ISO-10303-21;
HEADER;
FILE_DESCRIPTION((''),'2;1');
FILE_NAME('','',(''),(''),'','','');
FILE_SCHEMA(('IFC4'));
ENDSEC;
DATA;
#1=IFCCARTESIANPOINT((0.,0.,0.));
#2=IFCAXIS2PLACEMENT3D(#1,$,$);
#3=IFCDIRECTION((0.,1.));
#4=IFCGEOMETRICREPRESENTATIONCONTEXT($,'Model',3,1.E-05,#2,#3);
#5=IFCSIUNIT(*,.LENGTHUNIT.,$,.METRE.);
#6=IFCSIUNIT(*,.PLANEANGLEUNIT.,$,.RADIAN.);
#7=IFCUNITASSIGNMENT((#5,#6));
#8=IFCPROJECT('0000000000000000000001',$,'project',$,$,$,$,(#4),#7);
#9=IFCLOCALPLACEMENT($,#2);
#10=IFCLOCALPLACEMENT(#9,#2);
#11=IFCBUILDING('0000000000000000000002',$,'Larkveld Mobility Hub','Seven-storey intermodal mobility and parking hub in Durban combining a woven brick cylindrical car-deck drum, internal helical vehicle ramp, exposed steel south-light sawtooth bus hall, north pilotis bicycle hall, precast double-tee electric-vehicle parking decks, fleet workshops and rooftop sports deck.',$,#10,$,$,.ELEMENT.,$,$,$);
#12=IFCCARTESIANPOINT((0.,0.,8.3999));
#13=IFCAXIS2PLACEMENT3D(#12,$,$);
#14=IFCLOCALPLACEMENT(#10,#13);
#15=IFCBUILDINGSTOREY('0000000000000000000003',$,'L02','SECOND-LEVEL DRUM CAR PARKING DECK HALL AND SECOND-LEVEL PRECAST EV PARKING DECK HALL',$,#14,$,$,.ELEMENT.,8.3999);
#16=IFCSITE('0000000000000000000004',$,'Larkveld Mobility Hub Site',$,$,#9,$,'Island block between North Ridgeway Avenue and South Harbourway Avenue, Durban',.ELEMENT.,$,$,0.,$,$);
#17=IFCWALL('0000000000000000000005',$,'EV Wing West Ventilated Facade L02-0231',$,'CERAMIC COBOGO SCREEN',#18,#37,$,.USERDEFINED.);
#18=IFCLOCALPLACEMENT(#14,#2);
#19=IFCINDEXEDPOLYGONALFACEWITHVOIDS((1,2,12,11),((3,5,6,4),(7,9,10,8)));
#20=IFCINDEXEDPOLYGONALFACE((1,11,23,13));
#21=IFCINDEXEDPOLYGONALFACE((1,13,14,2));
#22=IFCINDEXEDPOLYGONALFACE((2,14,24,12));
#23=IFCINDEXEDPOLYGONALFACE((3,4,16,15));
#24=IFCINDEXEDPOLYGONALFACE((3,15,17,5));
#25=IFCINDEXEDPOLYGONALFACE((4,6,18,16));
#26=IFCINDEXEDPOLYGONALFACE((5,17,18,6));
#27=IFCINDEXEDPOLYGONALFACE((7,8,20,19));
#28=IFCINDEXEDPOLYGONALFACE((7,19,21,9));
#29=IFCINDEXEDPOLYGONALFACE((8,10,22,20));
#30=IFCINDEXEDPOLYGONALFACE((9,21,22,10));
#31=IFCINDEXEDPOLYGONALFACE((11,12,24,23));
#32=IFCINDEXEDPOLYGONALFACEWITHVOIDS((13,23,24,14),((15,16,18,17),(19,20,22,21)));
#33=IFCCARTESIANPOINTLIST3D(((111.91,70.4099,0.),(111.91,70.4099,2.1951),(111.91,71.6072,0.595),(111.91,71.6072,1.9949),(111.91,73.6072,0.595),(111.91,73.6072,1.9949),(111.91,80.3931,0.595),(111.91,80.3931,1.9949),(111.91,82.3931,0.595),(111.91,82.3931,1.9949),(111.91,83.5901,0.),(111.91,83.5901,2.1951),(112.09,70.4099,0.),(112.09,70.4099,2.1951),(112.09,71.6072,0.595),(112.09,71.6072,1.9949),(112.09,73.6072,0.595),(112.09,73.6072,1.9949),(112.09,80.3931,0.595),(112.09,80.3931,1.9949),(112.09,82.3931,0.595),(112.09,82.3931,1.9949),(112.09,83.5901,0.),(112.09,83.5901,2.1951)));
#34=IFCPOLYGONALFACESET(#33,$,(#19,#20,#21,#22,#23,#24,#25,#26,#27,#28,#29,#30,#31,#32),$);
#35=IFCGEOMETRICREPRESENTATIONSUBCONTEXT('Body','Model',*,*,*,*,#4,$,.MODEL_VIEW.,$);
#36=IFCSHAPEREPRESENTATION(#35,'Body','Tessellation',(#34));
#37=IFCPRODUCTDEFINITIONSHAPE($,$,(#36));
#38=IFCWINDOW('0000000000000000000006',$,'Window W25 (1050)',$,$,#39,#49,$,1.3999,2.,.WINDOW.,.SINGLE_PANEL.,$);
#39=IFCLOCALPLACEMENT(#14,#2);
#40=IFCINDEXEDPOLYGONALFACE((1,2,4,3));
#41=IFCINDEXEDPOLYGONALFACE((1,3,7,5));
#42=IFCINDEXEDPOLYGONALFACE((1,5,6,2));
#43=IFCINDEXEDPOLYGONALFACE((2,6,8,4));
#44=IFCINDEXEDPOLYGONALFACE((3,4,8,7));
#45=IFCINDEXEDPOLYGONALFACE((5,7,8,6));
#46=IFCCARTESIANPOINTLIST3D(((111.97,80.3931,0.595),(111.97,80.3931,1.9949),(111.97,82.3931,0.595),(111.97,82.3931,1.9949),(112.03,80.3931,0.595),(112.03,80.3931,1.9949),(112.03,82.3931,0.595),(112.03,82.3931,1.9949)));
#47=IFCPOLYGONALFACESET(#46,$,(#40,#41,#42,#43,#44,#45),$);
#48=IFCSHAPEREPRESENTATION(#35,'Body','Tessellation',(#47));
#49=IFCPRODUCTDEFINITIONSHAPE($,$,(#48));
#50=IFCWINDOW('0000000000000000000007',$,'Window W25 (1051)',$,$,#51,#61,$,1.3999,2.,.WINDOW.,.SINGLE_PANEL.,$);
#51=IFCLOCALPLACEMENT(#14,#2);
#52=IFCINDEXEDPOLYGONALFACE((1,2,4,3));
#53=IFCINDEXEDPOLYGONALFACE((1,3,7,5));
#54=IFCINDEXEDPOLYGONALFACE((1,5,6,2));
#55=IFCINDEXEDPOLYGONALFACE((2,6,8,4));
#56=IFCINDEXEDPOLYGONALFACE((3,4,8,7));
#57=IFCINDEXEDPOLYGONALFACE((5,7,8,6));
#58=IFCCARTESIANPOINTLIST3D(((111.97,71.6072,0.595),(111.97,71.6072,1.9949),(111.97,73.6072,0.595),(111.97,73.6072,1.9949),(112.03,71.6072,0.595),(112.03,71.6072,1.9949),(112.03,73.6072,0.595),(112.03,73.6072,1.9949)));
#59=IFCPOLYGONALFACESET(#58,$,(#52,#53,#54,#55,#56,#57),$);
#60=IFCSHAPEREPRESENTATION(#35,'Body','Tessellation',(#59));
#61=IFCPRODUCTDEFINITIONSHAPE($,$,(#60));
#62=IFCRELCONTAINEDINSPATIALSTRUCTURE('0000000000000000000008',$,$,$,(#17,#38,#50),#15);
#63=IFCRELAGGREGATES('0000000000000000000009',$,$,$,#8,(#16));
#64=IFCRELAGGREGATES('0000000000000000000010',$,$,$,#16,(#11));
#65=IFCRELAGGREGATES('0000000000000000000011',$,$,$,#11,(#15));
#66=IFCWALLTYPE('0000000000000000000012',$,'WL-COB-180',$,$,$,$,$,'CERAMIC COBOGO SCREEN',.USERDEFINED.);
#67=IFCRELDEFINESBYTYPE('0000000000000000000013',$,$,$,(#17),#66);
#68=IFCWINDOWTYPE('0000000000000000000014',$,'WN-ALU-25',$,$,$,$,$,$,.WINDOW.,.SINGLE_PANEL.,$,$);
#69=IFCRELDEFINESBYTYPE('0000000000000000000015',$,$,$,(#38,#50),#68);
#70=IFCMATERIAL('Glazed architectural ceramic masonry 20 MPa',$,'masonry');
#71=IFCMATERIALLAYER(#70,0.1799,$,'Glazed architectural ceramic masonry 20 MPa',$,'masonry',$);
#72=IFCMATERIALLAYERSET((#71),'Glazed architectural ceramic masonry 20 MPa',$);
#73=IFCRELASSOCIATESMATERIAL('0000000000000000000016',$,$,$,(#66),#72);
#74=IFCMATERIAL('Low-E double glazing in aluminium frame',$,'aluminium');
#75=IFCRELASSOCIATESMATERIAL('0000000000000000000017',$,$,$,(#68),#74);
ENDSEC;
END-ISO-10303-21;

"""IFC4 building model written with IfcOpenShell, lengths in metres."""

from ifc_helpers import new_model, si_unit, direction, frame, frame_2d, origin, place, context, subcontext, project, spatial, rectangle, extrude, material, layer, layer_set, type_object, element, fill, save


model = new_model("IFC4")

# Units and contexts
model_context = context("Model", 3, precision=1e-05, world=origin(), true_north=direction((0.0, 1.0)))
body_context = subcontext(model_context, "Body", "Model", "MODEL_VIEW")
ifc_project = project(units=[si_unit("LENGTHUNIT", "METRE"), si_unit("PLANEANGLEUNIT", "RADIAN")], contexts=[model_context])

# Site, building, storey
site_placement = place(None, origin())
site = spatial("IfcSite", under=ifc_project, at=site_placement, Name="Larkveld Mobility Hub Site", LongName="Island block between North Ridgeway Avenue and South Harbourway Avenue, Durban", CompositionType="ELEMENT", RefElevation=0.0)
building_placement = place(site_placement, origin())
building = spatial("IfcBuilding", under=site, at=building_placement, Name="Larkveld Mobility Hub", Description="Seven-storey intermodal mobility and parking hub in Durban combining a woven brick cylindrical car-deck drum, internal helical vehicle ramp, exposed steel south-light sawtooth bus hall, north pilotis bicycle hall, precast double-tee electric-vehicle parking decks, fleet workshops and rooftop sports deck.", CompositionType="ELEMENT")
storey_placement = place(building_placement, frame((0.0, 0.0, 8.3999)))
storey = spatial("IfcBuildingStorey", under=building, at=storey_placement, Name="L02", Description="SECOND-LEVEL DRUM CAR PARKING DECK HALL AND SECOND-LEVEL PRECAST EV PARKING DECK HALL", CompositionType="ELEMENT", Elevation=8.3999)

# Wall, openings, windows
ifc_material_1 = material(Name="Glazed architectural ceramic masonry 20 MPa", Category="masonry")
ifc_layer_1 = layer(ifc_material_1, 0.1799, Name="Glazed architectural ceramic masonry 20 MPa", Category="masonry")
ifc_layer_set_1 = layer_set([ifc_layer_1], Name="Glazed architectural ceramic masonry 20 MPa")
wall_type = type_object("IfcWallType", Name="WL-COB-180", ElementType="CERAMIC COBOGO SCREEN", PredefinedType="USERDEFINED", material=ifc_layer_set_1)
wall_placement = place(storey_placement, frame((112.0, 83.5901, 0.0), z_axis=(0.0, 0.0, 1.0), x_axis=(0.0, -1.0, 0.0)))
wall = element("IfcWall", 1, at=wall_placement, inside=storey, type_object=wall_type, Name="EV Wing West Ventilated Facade L02-0231", ObjectType="CERAMIC COBOGO SCREEN", PredefinedType="USERDEFINED", context=body_context, shape_type="SweptSolid", body=[
    extrude(rectangle(XDim=13.1802, YDim=0.1799, at=frame_2d((6.5901, 0.0))), origin(), (0.0, 0.0, 1.0), 2.1951),
])
opening_1_placement = place(wall_placement, frame((1.197, 0.0, 0.595)))
opening_1 = element("IfcOpeningElement", 2, at=opening_1_placement, cuts=wall, PredefinedType="OPENING", context=body_context, shape_type="SweptSolid", body=[
    extrude(rectangle(XDim=2.0, YDim=1.3999, at=frame_2d((1.0, 0.7))), frame((0.0, 0.1001, 0.0), z_axis=(0.0, -1.0, 0.0), x_axis=(1.0, 0.0, 0.0)), (0.0, 0.0, 1.0), 0.2),
])
opening_2_placement = place(wall_placement, frame((9.9829, 0.0, 0.595)))
opening_2 = element("IfcOpeningElement", 3, at=opening_2_placement, cuts=wall, PredefinedType="OPENING", context=body_context, shape_type="SweptSolid", body=[
    extrude(rectangle(XDim=2.0, YDim=1.3999, at=frame_2d((1.0, 0.7))), frame((0.0, 0.1001, 0.0), z_axis=(0.0, -1.0, 0.0), x_axis=(1.0, 0.0, 0.0)), (0.0, 0.0, 1.0), 0.2),
])
ifc_material_2 = material(Name="Low-E double glazing in aluminium frame", Category="aluminium")
window_type = type_object("IfcWindowType", Name="WN-ALU-25", PartitioningType="SINGLE_PANEL", PredefinedType="WINDOW", material=ifc_material_2)
window_1_placement = place(opening_1_placement, origin())
window_1 = element("IfcWindow", 4, at=window_1_placement, inside=storey, type_object=window_type, Name="Window W25 (1050)", OverallHeight=1.3999, OverallWidth=2.0, PartitioningType="SINGLE_PANEL", PredefinedType="WINDOW", context=body_context, shape_type="SweptSolid", body=[
    extrude(rectangle(XDim=2.0, YDim=1.3999, at=frame_2d((1.0, 0.7))), frame((0.0, 0.03, 0.0), z_axis=(0.0, -1.0, 0.0), x_axis=(1.0, 0.0, 0.0)), (0.0, 0.0, 1.0), 0.0601),
])
fill(opening_1, window_1)
window_2_placement = place(opening_2_placement, origin())
window_2 = element("IfcWindow", 5, at=window_2_placement, inside=storey, type_object=window_type, Name="Window W25 (1051)", OverallHeight=1.3999, OverallWidth=2.0, PartitioningType="SINGLE_PANEL", PredefinedType="WINDOW", context=body_context, shape_type="SweptSolid", body=[
    extrude(rectangle(XDim=2.0, YDim=1.3999, at=frame_2d((1.0, 0.7))), frame((0.0, 0.03, 0.0), z_axis=(0.0, -1.0, 0.0), x_axis=(1.0, 0.0, 0.0)), (0.0, 0.0, 1.0), 0.0601),
])
fill(opening_2, window_2)

save(model, "model.ifc")
